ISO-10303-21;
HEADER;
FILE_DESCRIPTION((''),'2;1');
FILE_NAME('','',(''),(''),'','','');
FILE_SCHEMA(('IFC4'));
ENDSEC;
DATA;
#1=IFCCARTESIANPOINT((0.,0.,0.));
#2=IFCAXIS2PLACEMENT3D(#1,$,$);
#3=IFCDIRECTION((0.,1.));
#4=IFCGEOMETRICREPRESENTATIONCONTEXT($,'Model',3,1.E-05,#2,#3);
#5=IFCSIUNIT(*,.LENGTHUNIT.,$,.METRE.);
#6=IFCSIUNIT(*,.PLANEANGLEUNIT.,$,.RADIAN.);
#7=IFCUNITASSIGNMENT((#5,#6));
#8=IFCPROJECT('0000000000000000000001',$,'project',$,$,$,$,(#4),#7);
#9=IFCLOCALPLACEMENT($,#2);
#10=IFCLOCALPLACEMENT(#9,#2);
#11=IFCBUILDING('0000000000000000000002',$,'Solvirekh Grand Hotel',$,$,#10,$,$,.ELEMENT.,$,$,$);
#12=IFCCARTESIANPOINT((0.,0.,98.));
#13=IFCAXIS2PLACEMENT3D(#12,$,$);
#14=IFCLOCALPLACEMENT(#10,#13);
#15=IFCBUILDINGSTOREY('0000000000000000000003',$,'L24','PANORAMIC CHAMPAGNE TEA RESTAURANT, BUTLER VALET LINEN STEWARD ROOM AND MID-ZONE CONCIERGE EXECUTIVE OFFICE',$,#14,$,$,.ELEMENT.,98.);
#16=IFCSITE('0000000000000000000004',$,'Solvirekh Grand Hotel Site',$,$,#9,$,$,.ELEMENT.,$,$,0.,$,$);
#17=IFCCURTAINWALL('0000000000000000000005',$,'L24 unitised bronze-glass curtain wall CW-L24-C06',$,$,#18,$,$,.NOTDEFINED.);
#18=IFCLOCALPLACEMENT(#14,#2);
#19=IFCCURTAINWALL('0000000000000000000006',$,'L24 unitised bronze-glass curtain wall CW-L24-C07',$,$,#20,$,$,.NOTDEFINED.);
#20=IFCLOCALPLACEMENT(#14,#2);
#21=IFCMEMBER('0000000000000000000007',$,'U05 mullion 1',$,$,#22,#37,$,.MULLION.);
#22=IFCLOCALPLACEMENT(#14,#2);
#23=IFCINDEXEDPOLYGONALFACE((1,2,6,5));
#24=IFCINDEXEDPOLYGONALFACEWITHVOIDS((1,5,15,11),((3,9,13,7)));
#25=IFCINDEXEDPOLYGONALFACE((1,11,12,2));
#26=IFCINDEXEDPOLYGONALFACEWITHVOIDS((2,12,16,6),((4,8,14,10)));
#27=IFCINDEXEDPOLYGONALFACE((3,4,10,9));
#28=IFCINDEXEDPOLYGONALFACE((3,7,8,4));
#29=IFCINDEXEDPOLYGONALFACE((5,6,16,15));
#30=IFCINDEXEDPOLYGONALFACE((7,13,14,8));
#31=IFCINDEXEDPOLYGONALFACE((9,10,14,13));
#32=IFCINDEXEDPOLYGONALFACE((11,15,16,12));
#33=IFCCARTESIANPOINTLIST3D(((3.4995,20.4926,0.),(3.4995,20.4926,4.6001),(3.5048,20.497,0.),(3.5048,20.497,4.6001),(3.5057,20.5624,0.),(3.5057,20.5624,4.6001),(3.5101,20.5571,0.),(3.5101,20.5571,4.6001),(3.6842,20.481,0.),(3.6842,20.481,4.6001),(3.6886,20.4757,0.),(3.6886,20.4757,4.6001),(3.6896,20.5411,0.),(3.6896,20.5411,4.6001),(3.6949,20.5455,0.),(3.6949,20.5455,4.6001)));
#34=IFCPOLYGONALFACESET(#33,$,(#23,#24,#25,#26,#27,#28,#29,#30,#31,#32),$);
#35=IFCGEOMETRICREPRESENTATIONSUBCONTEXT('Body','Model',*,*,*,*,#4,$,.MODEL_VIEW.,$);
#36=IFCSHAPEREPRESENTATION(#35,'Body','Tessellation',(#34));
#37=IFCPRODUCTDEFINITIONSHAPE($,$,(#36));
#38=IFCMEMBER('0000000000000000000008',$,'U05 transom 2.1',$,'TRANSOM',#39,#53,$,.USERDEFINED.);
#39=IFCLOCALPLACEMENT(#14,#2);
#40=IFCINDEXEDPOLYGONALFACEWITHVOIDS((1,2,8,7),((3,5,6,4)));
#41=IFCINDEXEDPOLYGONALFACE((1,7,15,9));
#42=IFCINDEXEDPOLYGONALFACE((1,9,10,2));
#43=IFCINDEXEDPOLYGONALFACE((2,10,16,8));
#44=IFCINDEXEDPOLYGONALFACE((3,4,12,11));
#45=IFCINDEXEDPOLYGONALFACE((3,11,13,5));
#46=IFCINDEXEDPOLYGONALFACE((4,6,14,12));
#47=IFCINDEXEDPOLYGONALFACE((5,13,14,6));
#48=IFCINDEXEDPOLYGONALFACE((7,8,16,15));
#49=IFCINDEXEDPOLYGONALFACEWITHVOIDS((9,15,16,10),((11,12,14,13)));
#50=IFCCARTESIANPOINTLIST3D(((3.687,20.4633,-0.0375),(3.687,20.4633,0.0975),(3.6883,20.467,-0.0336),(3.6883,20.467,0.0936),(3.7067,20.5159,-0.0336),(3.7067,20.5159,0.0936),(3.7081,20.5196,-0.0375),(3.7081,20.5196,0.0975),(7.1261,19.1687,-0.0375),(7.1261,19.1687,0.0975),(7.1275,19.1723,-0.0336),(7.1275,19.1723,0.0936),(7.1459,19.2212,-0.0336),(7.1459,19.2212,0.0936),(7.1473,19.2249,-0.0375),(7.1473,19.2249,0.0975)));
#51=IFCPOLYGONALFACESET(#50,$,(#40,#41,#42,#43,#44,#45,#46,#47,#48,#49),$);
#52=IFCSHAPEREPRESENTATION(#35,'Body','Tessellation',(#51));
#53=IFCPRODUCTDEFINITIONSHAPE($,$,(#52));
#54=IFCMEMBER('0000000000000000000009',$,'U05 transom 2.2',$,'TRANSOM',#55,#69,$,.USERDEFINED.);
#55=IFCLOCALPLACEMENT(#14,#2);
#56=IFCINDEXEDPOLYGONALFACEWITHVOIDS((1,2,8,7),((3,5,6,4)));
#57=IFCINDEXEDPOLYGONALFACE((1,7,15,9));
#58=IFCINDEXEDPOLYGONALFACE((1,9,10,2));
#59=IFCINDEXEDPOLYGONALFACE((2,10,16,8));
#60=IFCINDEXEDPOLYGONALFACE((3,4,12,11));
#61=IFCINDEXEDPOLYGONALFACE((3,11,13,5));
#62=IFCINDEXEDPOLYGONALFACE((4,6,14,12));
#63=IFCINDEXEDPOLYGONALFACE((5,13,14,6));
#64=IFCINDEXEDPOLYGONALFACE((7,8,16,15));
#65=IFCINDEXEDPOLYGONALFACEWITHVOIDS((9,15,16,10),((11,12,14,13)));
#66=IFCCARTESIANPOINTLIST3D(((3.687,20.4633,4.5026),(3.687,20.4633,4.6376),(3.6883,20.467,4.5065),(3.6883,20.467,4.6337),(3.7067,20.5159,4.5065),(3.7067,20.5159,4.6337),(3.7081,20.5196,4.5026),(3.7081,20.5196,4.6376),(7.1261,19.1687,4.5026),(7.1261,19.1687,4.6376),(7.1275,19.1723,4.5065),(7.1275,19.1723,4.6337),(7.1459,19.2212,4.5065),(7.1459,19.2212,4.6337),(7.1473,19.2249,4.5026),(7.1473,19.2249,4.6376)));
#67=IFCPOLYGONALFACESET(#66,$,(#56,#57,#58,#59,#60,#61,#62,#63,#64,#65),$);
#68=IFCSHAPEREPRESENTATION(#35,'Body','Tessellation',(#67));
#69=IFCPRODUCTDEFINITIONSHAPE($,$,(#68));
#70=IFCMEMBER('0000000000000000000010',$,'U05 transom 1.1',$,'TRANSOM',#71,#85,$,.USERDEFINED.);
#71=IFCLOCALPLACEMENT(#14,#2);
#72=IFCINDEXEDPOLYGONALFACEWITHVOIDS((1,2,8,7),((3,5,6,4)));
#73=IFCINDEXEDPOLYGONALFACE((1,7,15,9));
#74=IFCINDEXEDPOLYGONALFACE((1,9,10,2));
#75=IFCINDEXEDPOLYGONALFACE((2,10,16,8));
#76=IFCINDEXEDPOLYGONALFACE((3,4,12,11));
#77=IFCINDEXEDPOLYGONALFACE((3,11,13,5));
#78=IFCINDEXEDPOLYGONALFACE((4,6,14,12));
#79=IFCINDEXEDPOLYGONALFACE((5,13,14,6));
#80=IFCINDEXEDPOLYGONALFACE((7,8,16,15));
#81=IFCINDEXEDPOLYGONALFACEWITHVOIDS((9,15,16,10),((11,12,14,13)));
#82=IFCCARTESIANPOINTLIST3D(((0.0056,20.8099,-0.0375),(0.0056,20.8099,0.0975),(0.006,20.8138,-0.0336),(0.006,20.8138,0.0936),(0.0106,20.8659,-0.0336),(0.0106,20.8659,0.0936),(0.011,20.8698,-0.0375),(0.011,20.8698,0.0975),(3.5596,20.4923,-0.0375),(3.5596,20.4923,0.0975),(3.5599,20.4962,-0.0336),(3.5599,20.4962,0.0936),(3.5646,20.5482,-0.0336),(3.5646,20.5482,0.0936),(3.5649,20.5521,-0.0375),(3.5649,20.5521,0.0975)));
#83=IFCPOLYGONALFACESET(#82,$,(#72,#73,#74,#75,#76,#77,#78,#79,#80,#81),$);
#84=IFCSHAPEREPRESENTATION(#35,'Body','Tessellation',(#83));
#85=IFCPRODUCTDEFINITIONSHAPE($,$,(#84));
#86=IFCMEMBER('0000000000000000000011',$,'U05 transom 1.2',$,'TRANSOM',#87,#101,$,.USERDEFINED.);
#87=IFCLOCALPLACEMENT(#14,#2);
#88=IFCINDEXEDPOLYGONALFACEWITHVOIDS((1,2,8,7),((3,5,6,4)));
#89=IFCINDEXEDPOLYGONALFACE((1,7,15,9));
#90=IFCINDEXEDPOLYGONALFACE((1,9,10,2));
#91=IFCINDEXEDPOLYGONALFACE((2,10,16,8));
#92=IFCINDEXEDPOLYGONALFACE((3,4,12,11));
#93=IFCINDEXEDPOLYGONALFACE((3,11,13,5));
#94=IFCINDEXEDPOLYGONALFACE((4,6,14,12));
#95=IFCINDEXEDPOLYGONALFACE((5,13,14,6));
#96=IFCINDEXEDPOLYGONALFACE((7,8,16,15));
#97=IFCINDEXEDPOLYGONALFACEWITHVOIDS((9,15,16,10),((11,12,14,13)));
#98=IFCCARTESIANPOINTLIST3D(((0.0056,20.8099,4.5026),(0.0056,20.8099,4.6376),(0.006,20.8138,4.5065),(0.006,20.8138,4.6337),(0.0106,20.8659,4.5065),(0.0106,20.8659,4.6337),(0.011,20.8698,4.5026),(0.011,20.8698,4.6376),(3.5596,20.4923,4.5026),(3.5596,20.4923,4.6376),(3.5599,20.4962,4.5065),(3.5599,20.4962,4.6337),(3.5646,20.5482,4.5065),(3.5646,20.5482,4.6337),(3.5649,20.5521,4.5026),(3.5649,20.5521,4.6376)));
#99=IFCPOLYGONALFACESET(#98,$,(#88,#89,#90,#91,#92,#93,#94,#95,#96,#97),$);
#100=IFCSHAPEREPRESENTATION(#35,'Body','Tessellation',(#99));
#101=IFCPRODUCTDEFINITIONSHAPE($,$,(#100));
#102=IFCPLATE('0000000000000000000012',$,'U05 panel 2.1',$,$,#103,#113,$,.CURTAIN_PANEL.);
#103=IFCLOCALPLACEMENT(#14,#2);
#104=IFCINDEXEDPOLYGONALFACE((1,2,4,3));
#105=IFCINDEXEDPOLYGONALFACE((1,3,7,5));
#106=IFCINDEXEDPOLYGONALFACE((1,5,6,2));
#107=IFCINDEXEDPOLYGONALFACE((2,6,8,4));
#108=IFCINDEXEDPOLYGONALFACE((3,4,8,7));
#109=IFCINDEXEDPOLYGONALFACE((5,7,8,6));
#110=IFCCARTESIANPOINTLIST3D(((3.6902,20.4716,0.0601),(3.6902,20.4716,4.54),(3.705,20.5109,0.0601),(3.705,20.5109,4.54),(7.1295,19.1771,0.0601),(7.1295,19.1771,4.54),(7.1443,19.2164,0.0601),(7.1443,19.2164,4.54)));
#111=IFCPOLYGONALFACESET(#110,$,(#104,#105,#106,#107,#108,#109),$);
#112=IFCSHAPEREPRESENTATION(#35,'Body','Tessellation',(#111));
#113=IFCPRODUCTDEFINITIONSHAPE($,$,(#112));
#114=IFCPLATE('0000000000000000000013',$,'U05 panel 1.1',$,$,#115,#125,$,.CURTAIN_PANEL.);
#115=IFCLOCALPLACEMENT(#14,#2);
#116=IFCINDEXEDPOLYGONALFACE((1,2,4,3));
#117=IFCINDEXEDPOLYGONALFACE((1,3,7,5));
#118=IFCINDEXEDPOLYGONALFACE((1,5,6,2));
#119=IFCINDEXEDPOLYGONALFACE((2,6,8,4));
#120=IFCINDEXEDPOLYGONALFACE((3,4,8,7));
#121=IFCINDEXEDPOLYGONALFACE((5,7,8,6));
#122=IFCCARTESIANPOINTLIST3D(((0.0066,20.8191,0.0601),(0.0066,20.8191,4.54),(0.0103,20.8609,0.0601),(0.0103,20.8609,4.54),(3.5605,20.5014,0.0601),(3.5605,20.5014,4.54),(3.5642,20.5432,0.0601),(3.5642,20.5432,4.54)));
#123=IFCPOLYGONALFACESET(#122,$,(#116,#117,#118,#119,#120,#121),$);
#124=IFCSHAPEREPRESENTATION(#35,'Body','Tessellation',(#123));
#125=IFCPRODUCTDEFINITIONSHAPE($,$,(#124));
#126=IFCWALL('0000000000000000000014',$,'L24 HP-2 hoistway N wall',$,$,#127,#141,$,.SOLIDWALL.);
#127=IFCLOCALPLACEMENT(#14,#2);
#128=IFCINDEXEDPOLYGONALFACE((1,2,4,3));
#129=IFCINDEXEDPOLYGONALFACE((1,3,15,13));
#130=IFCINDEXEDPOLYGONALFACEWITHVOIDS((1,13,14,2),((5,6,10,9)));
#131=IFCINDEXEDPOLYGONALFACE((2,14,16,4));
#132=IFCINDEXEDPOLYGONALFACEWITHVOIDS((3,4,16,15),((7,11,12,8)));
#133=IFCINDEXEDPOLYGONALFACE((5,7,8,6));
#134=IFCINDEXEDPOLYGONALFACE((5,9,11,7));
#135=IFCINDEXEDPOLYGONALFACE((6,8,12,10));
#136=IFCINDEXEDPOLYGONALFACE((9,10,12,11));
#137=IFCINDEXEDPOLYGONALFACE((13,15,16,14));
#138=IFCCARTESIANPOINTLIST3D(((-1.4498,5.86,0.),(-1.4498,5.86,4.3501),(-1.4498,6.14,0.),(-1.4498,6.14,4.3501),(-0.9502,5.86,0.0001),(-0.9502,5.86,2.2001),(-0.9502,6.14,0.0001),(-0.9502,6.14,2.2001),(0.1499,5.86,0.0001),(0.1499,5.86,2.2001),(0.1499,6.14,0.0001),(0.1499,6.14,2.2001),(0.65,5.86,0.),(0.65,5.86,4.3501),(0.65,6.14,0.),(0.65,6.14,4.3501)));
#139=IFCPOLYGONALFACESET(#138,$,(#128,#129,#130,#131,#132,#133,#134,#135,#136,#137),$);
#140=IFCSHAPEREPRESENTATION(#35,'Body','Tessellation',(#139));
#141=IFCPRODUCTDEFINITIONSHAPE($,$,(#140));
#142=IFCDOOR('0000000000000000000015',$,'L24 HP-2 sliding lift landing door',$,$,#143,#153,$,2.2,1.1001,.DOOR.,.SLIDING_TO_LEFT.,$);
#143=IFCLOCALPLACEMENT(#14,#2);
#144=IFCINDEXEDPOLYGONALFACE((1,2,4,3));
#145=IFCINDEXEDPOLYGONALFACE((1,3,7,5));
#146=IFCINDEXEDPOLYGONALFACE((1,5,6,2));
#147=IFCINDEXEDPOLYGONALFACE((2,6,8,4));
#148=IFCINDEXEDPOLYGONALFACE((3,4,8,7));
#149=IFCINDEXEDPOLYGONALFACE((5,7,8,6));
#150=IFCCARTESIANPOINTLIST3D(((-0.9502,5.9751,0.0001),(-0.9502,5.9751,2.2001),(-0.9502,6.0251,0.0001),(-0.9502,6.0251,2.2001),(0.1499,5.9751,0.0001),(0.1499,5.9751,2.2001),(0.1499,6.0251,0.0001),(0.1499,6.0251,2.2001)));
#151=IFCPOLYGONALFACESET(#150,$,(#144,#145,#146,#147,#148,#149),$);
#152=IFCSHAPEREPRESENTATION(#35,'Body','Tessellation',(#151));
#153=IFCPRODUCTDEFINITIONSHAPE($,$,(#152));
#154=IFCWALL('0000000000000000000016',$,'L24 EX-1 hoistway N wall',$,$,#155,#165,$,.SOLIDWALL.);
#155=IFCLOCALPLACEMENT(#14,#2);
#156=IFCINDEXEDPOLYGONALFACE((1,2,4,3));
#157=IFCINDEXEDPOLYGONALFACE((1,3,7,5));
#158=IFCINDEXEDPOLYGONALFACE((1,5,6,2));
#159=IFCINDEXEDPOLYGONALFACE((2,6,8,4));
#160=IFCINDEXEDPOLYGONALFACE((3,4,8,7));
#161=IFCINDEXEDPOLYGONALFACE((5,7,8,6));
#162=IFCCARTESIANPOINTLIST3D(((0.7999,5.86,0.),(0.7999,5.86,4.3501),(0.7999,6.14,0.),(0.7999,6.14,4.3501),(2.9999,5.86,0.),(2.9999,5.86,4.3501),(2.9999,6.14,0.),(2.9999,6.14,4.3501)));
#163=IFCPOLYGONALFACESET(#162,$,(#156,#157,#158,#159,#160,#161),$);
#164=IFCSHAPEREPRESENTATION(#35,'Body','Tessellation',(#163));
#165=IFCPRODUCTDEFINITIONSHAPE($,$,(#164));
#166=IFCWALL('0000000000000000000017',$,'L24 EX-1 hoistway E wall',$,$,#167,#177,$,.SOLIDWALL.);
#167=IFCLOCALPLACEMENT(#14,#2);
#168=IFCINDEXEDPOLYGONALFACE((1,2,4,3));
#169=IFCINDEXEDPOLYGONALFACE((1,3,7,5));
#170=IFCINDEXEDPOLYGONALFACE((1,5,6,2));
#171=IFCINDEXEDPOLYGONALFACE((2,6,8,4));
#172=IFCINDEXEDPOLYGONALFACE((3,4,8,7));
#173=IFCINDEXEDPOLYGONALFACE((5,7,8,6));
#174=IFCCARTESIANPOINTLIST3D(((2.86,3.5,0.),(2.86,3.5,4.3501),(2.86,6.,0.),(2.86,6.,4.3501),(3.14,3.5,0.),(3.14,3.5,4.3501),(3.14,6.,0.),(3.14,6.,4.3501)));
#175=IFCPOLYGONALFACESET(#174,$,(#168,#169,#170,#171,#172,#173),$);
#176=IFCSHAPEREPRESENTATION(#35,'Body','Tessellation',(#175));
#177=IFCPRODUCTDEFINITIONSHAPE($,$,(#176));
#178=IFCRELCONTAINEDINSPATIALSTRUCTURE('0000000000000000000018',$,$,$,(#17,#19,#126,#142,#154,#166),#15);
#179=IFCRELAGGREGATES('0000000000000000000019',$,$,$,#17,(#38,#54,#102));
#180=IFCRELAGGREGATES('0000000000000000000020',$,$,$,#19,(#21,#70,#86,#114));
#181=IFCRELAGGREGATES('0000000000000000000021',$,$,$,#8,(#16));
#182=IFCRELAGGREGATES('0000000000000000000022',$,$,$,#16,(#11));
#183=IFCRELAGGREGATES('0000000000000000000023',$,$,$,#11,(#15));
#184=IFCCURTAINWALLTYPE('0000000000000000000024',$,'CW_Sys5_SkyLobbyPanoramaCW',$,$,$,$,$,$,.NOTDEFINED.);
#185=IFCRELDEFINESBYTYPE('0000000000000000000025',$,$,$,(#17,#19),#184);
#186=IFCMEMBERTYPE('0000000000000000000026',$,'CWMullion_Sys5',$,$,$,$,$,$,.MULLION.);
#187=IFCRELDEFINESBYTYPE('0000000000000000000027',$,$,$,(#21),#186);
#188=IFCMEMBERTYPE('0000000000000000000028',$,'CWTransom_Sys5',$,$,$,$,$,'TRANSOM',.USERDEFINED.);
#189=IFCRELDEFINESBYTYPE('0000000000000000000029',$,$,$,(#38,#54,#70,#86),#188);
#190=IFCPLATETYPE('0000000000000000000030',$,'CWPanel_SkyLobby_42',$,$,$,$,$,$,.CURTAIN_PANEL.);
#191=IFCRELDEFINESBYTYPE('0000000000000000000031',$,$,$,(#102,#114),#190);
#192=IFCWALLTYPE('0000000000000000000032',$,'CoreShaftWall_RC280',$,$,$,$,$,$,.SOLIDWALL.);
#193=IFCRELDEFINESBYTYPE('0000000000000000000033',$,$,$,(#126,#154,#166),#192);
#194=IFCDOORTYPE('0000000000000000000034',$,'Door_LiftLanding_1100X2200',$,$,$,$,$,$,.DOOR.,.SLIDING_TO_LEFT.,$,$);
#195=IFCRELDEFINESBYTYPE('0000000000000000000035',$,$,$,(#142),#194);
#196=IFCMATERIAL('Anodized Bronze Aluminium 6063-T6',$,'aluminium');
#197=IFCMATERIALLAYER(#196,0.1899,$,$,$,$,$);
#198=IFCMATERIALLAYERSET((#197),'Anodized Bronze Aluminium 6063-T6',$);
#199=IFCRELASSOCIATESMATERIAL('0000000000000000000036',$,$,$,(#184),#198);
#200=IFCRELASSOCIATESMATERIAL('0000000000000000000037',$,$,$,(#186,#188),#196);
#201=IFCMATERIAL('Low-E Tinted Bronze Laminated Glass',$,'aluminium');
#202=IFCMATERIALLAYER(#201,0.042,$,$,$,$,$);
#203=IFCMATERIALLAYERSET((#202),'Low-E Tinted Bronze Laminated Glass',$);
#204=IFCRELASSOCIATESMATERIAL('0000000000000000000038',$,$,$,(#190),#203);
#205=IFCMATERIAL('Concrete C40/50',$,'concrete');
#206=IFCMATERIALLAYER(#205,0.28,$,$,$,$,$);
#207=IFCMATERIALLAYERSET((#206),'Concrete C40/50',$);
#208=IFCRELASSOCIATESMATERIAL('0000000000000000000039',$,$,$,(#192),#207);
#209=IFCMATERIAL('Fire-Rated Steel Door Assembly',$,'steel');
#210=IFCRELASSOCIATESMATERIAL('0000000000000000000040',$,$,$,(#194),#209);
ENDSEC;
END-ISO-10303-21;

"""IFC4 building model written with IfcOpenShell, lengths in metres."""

from ifc_helpers import new_model, si_unit, direction, frame, frame_2d, origin, origin_2d, place, context, subcontext, project, spatial, rectangle, hollow_rectangle, extrude, source, transform, mapped, material, layer, layer_set, material_profile, profile_set, type_object, element, fill, aggregate, save


model = new_model("IFC4")

# Units and contexts
model_context = context("Model", 3, precision=1e-05, world=origin(), true_north=direction((0.0, 1.0)))
body_context = subcontext(model_context, "Body", "Model", "MODEL_VIEW")
ifc_project = project(units=[si_unit("LENGTHUNIT", "METRE"), si_unit("PLANEANGLEUNIT", "RADIAN")], contexts=[model_context])

# Site, building, storey
site_placement = place(None, origin())
site = spatial("IfcSite", under=ifc_project, at=site_placement, Name="Solvirekh Grand Hotel Site", CompositionType="ELEMENT", RefElevation=0.0)
building_placement = place(site_placement, origin())
building = spatial("IfcBuilding", under=site, at=building_placement, Name="Solvirekh Grand Hotel", CompositionType="ELEMENT")
storey_placement = place(building_placement, frame((0.0, 0.0, 98.0)))
storey = spatial("IfcBuildingStorey", under=building, at=storey_placement, Name="L24", Description="PANORAMIC CHAMPAGNE TEA RESTAURANT, BUTLER VALET LINEN STEWARD ROOM AND MID-ZONE CONCIERGE EXECUTIVE OFFICE", CompositionType="ELEMENT", Elevation=98.0)

# Curtain walls, member
ifc_material_1 = material(Name="Anodized Bronze Aluminium 6063-T6", Category="aluminium")
ifc_layer_1 = layer(ifc_material_1, 0.1899)
ifc_layer_set_1 = layer_set([ifc_layer_1], Name="Anodized Bronze Aluminium 6063-T6")
curtain_wall_type = type_object("IfcCurtainWallType", Name="CW_Sys5_SkyLobbyPanoramaCW", PredefinedType="NOTDEFINED", material=ifc_layer_set_1)
curtain_wall_1_placement = place(storey_placement, origin())
curtain_wall_1 = element("IfcCurtainWall", 1, at=curtain_wall_1_placement, inside=storey, type_object=curtain_wall_type, Name="L24 unitised bronze-glass curtain wall CW-L24-C06", PredefinedType="NOTDEFINED")
ifc_material_profile_1 = material_profile(ifc_material_1, hollow_rectangle(XDim=0.0701, YDim=0.1899, WallThickness=0.0049, at=origin_2d()), Name="ALU RHS 190X70X5")
ifc_profile_set_1 = profile_set([ifc_material_profile_1], Name="Anodized Bronze Aluminium 6063-T6")
member_type_1 = type_object("IfcMemberType", Name="CWMullion_Sys5", PredefinedType="MULLION", material=ifc_profile_set_1)
shared_shape_1 = source(origin(), body_context, "Body", "SweptSolid", [
    extrude(hollow_rectangle(XDim=0.0701, YDim=0.1899, WallThickness=0.0049, at=origin_2d()), origin(), (0.0, 0.0, 1.0), 4.6001),
])
curtain_wall_2_placement = place(storey_placement, origin())
curtain_wall_2 = element("IfcCurtainWall", 2, at=curtain_wall_2_placement, inside=storey, type_object=curtain_wall_type, Name="L24 unitised bronze-glass curtain wall CW-L24-C07", PredefinedType="NOTDEFINED")
member_1_placement = place(storey_placement, frame((3.5972, 20.519, 0.0), z_axis=(0.0, 0.0, 1.0), x_axis=(-0.089026, -0.996029, 0.0)))
member_1 = element("IfcMember", 3, at=member_1_placement, type_object=member_type_1, Name="U05 mullion 1", PredefinedType="MULLION", context=body_context, shape_type="MappedRepresentation", body=[
    mapped(shared_shape_1, transform((0.0, 0.0, 0.0), x_axis=(1.0, 0.0, 0.0), y_axis=(0.0, 1.0, 0.0), z_axis=(0.0, 0.0, 1.0), scale=1.0)),
])

# Members
ifc_material_profile_2 = material_profile(ifc_material_1, hollow_rectangle(XDim=0.0601, YDim=0.135, WallThickness=0.0039, at=origin_2d()), Name="ALU RHS 135X60X4")
ifc_profile_set_2 = profile_set([ifc_material_profile_2], Name="Anodized Bronze Aluminium 6063-T6")
member_type_2 = type_object("IfcMemberType", Name="CWTransom_Sys5", ElementType="TRANSOM", PredefinedType="USERDEFINED", material=ifc_profile_set_2)
shared_shape_2 = source(origin(), body_context, "Body", "SweptSolid", [
    extrude(hollow_rectangle(XDim=0.0601, YDim=0.135, WallThickness=0.0039, at=origin_2d()), origin(), (0.0, 0.0, 1.0), 3.6748),
])
member_2_placement = place(storey_placement, frame((7.1367, 19.1968, 0.03), z_axis=(-0.935883, 0.35231, 0.0), x_axis=(-0.35231, -0.935883, 0.0)))
member_2 = element("IfcMember", 4, at=member_2_placement, type_object=member_type_2, Name="U05 transom 2.1", ObjectType="TRANSOM", PredefinedType="USERDEFINED", context=body_context, shape_type="MappedRepresentation", body=[
    mapped(shared_shape_2, transform((0.0, 0.0, 0.0), x_axis=(1.0, 0.0, 0.0), y_axis=(0.0, 1.0, 0.0), z_axis=(0.0, 0.0, 1.0), scale=1.0)),
])
member_3_placement = place(storey_placement, frame((7.1367, 19.1968, 4.5701), z_axis=(-0.935883, 0.35231, 0.0), x_axis=(-0.35231, -0.935883, 0.0)))
member_3 = element("IfcMember", 5, at=member_3_placement, type_object=member_type_2, Name="U05 transom 2.2", ObjectType="TRANSOM", PredefinedType="USERDEFINED", context=body_context, shape_type="MappedRepresentation", body=[
    mapped(shared_shape_2, transform((0.0, 0.0, 0.0), x_axis=(1.0, 0.0, 0.0), y_axis=(0.0, 1.0, 0.0), z_axis=(0.0, 0.0, 1.0), scale=1.0)),
])
shared_shape_3 = source(origin(), body_context, "Body", "SweptSolid", [
    extrude(hollow_rectangle(XDim=0.0601, YDim=0.135, WallThickness=0.0039, at=origin_2d()), origin(), (0.0, 0.0, 1.0), 3.5681),
])
member_4_placement = place(storey_placement, frame((3.5623, 20.5222, 0.03), z_axis=(-0.99603, 0.089018, 0.0), x_axis=(-0.089018, -0.99603, 0.0)))
member_4 = element("IfcMember", 6, at=member_4_placement, type_object=member_type_2, Name="U05 transom 1.1", ObjectType="TRANSOM", PredefinedType="USERDEFINED", context=body_context, shape_type="MappedRepresentation", body=[
    mapped(shared_shape_3, transform((0.0, 0.0, 0.0), x_axis=(1.0, 0.0, 0.0), y_axis=(0.0, 1.0, 0.0), z_axis=(0.0, 0.0, 1.0), scale=1.0)),
])
member_5_placement = place(storey_placement, frame((3.5623, 20.5222, 4.5701), z_axis=(-0.99603, 0.089018, 0.0), x_axis=(-0.089018, -0.99603, 0.0)))
member_5 = element("IfcMember", 7, at=member_5_placement, type_object=member_type_2, Name="U05 transom 1.2", ObjectType="TRANSOM", PredefinedType="USERDEFINED", context=body_context, shape_type="MappedRepresentation", body=[
    mapped(shared_shape_3, transform((0.0, 0.0, 0.0), x_axis=(1.0, 0.0, 0.0), y_axis=(0.0, 1.0, 0.0), z_axis=(0.0, 0.0, 1.0), scale=1.0)),
])

# Plates
ifc_material_2 = material(Name="Low-E Tinted Bronze Laminated Glass", Category="aluminium")
ifc_layer_2 = layer(ifc_material_2, 0.042)
ifc_layer_set_2 = layer_set([ifc_layer_2], Name="Low-E Tinted Bronze Laminated Glass")
plate_type = type_object("IfcPlateType", Name="CWPanel_SkyLobby_42", PredefinedType="CURTAIN_PANEL", material=ifc_layer_set_2)
shared_shape_4 = source(origin(), body_context, "Body", "SweptSolid", [
    extrude(rectangle(XDim=3.6748, YDim=0.042, at=origin_2d()), origin(), (0.0, 0.0, 1.0), 4.48),
])
plate_1_placement = place(storey_placement, frame((5.4172, 19.844, 0.0601), z_axis=(0.0, 0.0, 1.0), x_axis=(-0.935899, 0.352268, 0.0)))
plate_1 = element("IfcPlate", 8, at=plate_1_placement, type_object=plate_type, Name="U05 panel 2.1", PredefinedType="CURTAIN_PANEL", context=body_context, shape_type="MappedRepresentation", body=[
    mapped(shared_shape_4, transform((0.0, 0.0, 0.0), x_axis=(1.0, 0.0, 0.0), y_axis=(0.0, 1.0, 0.0), z_axis=(0.0, 0.0, 1.0), scale=1.0)),
])
aggregate(curtain_wall_1, [member_2, member_3, plate_1])
shared_shape_5 = source(origin(), body_context, "Body", "SweptSolid", [
    extrude(rectangle(XDim=3.5681, YDim=0.042, at=origin_2d()), origin(), (0.0, 0.0, 1.0), 4.48),
])
plate_2_placement = place(storey_placement, frame((1.7854, 20.6812, 0.0601), z_axis=(0.0, 0.0, 1.0), x_axis=(-0.996029, 0.089026, 0.0)))
plate_2 = element("IfcPlate", 9, at=plate_2_placement, type_object=plate_type, Name="U05 panel 1.1", PredefinedType="CURTAIN_PANEL", context=body_context, shape_type="MappedRepresentation", body=[
    mapped(shared_shape_5, transform((0.0, 0.0, 0.0), x_axis=(1.0, 0.0, 0.0), y_axis=(0.0, 1.0, 0.0), z_axis=(0.0, 0.0, 1.0), scale=1.0)),
])
aggregate(curtain_wall_2, [member_1, member_4, member_5, plate_2])

# Wall, opening, door
ifc_material_3 = material(Name="Concrete C40/50", Category="concrete")
ifc_layer_3 = layer(ifc_material_3, 0.28)
ifc_layer_set_3 = layer_set([ifc_layer_3], Name="Concrete C40/50")
wall_type_1 = type_object("IfcWallType", Name="CoreShaftWall_RC280", PredefinedType="SOLIDWALL", material=ifc_layer_set_3)
wall_1_placement = place(storey_placement, frame((0.6499, 6.0, 0.0), z_axis=(0.0, 0.0, 1.0), x_axis=(-1.0, 0.0, 0.0)))
wall_1 = element("IfcWall", 10, at=wall_1_placement, inside=storey, type_object=wall_type_1, Name="L24 HP-2 hoistway N wall", PredefinedType="SOLIDWALL", context=body_context, shape_type="SweptSolid", body=[
    extrude(rectangle(XDim=2.0999, YDim=0.28, at=frame_2d((1.0498, 0.0))), origin(), (0.0, 0.0, 1.0), 4.3501),
])
opening_placement = place(wall_1_placement, frame((0.5, 0.0, 0.0)))
opening = element("IfcOpeningElement", 11, at=opening_placement, cuts=wall_1, PredefinedType="OPENING", context=body_context, shape_type="SweptSolid", body=[
    extrude(rectangle(XDim=1.1001, YDim=2.2, at=frame_2d((0.55, 1.1001))), frame((0.0, 0.1499, 0.0), z_axis=(0.0, -1.0, 0.0), x_axis=(1.0, 0.0, 0.0)), (0.0, 0.0, 1.0), 0.3),
])
ifc_material_4 = material(Name="Fire-Rated Steel Door Assembly", Category="steel")
door_type = type_object("IfcDoorType", Name="Door_LiftLanding_1100X2200", OperationType="SLIDING_TO_LEFT", PredefinedType="DOOR", material=ifc_material_4)
door_placement = place(opening_placement, origin())
door = element("IfcDoor", 12, at=door_placement, inside=storey, type_object=door_type, Name="L24 HP-2 sliding lift landing door", OperationType="SLIDING_TO_LEFT", OverallHeight=2.2, OverallWidth=1.1001, PredefinedType="DOOR", context=body_context, shape_type="SweptSolid", body=[
    extrude(rectangle(XDim=1.1001, YDim=2.2, at=frame_2d((0.55, 1.1001))), frame((0.0, 0.0249, 0.0), z_axis=(0.0, -1.0, 0.0), x_axis=(1.0, 0.0, 0.0)), (0.0, 0.0, 1.0), 0.05),
])
fill(opening, door)

# Walls
wall_2_placement = place(storey_placement, frame((3.0, 6.0, 0.0), z_axis=(0.0, 0.0, 1.0), x_axis=(-1.0, 0.0, 0.0)))
element("IfcWall", 13, at=wall_2_placement, inside=storey, type_object=wall_type_1, Name="L24 EX-1 hoistway N wall", PredefinedType="SOLIDWALL", context=body_context, shape_type="SweptSolid", body=[
    extrude(rectangle(XDim=2.2, YDim=0.28, at=frame_2d((1.1001, 0.0))), origin(), (0.0, 0.0, 1.0), 4.3501),
])
wall_3_placement = place(storey_placement, frame((3.0, 3.5, 0.0), z_axis=(0.0, 0.0, 1.0), x_axis=(0.0, 1.0, 0.0)))
element("IfcWall", 14, at=wall_3_placement, inside=storey, type_object=wall_type_1, Name="L24 EX-1 hoistway E wall", PredefinedType="SOLIDWALL", context=body_context, shape_type="SweptSolid", body=[
    extrude(rectangle(XDim=2.5, YDim=0.28, at=frame_2d((1.25, 0.0))), origin(), (0.0, 0.0, 1.0), 4.3501),
])

save(model, "model.ifc")
